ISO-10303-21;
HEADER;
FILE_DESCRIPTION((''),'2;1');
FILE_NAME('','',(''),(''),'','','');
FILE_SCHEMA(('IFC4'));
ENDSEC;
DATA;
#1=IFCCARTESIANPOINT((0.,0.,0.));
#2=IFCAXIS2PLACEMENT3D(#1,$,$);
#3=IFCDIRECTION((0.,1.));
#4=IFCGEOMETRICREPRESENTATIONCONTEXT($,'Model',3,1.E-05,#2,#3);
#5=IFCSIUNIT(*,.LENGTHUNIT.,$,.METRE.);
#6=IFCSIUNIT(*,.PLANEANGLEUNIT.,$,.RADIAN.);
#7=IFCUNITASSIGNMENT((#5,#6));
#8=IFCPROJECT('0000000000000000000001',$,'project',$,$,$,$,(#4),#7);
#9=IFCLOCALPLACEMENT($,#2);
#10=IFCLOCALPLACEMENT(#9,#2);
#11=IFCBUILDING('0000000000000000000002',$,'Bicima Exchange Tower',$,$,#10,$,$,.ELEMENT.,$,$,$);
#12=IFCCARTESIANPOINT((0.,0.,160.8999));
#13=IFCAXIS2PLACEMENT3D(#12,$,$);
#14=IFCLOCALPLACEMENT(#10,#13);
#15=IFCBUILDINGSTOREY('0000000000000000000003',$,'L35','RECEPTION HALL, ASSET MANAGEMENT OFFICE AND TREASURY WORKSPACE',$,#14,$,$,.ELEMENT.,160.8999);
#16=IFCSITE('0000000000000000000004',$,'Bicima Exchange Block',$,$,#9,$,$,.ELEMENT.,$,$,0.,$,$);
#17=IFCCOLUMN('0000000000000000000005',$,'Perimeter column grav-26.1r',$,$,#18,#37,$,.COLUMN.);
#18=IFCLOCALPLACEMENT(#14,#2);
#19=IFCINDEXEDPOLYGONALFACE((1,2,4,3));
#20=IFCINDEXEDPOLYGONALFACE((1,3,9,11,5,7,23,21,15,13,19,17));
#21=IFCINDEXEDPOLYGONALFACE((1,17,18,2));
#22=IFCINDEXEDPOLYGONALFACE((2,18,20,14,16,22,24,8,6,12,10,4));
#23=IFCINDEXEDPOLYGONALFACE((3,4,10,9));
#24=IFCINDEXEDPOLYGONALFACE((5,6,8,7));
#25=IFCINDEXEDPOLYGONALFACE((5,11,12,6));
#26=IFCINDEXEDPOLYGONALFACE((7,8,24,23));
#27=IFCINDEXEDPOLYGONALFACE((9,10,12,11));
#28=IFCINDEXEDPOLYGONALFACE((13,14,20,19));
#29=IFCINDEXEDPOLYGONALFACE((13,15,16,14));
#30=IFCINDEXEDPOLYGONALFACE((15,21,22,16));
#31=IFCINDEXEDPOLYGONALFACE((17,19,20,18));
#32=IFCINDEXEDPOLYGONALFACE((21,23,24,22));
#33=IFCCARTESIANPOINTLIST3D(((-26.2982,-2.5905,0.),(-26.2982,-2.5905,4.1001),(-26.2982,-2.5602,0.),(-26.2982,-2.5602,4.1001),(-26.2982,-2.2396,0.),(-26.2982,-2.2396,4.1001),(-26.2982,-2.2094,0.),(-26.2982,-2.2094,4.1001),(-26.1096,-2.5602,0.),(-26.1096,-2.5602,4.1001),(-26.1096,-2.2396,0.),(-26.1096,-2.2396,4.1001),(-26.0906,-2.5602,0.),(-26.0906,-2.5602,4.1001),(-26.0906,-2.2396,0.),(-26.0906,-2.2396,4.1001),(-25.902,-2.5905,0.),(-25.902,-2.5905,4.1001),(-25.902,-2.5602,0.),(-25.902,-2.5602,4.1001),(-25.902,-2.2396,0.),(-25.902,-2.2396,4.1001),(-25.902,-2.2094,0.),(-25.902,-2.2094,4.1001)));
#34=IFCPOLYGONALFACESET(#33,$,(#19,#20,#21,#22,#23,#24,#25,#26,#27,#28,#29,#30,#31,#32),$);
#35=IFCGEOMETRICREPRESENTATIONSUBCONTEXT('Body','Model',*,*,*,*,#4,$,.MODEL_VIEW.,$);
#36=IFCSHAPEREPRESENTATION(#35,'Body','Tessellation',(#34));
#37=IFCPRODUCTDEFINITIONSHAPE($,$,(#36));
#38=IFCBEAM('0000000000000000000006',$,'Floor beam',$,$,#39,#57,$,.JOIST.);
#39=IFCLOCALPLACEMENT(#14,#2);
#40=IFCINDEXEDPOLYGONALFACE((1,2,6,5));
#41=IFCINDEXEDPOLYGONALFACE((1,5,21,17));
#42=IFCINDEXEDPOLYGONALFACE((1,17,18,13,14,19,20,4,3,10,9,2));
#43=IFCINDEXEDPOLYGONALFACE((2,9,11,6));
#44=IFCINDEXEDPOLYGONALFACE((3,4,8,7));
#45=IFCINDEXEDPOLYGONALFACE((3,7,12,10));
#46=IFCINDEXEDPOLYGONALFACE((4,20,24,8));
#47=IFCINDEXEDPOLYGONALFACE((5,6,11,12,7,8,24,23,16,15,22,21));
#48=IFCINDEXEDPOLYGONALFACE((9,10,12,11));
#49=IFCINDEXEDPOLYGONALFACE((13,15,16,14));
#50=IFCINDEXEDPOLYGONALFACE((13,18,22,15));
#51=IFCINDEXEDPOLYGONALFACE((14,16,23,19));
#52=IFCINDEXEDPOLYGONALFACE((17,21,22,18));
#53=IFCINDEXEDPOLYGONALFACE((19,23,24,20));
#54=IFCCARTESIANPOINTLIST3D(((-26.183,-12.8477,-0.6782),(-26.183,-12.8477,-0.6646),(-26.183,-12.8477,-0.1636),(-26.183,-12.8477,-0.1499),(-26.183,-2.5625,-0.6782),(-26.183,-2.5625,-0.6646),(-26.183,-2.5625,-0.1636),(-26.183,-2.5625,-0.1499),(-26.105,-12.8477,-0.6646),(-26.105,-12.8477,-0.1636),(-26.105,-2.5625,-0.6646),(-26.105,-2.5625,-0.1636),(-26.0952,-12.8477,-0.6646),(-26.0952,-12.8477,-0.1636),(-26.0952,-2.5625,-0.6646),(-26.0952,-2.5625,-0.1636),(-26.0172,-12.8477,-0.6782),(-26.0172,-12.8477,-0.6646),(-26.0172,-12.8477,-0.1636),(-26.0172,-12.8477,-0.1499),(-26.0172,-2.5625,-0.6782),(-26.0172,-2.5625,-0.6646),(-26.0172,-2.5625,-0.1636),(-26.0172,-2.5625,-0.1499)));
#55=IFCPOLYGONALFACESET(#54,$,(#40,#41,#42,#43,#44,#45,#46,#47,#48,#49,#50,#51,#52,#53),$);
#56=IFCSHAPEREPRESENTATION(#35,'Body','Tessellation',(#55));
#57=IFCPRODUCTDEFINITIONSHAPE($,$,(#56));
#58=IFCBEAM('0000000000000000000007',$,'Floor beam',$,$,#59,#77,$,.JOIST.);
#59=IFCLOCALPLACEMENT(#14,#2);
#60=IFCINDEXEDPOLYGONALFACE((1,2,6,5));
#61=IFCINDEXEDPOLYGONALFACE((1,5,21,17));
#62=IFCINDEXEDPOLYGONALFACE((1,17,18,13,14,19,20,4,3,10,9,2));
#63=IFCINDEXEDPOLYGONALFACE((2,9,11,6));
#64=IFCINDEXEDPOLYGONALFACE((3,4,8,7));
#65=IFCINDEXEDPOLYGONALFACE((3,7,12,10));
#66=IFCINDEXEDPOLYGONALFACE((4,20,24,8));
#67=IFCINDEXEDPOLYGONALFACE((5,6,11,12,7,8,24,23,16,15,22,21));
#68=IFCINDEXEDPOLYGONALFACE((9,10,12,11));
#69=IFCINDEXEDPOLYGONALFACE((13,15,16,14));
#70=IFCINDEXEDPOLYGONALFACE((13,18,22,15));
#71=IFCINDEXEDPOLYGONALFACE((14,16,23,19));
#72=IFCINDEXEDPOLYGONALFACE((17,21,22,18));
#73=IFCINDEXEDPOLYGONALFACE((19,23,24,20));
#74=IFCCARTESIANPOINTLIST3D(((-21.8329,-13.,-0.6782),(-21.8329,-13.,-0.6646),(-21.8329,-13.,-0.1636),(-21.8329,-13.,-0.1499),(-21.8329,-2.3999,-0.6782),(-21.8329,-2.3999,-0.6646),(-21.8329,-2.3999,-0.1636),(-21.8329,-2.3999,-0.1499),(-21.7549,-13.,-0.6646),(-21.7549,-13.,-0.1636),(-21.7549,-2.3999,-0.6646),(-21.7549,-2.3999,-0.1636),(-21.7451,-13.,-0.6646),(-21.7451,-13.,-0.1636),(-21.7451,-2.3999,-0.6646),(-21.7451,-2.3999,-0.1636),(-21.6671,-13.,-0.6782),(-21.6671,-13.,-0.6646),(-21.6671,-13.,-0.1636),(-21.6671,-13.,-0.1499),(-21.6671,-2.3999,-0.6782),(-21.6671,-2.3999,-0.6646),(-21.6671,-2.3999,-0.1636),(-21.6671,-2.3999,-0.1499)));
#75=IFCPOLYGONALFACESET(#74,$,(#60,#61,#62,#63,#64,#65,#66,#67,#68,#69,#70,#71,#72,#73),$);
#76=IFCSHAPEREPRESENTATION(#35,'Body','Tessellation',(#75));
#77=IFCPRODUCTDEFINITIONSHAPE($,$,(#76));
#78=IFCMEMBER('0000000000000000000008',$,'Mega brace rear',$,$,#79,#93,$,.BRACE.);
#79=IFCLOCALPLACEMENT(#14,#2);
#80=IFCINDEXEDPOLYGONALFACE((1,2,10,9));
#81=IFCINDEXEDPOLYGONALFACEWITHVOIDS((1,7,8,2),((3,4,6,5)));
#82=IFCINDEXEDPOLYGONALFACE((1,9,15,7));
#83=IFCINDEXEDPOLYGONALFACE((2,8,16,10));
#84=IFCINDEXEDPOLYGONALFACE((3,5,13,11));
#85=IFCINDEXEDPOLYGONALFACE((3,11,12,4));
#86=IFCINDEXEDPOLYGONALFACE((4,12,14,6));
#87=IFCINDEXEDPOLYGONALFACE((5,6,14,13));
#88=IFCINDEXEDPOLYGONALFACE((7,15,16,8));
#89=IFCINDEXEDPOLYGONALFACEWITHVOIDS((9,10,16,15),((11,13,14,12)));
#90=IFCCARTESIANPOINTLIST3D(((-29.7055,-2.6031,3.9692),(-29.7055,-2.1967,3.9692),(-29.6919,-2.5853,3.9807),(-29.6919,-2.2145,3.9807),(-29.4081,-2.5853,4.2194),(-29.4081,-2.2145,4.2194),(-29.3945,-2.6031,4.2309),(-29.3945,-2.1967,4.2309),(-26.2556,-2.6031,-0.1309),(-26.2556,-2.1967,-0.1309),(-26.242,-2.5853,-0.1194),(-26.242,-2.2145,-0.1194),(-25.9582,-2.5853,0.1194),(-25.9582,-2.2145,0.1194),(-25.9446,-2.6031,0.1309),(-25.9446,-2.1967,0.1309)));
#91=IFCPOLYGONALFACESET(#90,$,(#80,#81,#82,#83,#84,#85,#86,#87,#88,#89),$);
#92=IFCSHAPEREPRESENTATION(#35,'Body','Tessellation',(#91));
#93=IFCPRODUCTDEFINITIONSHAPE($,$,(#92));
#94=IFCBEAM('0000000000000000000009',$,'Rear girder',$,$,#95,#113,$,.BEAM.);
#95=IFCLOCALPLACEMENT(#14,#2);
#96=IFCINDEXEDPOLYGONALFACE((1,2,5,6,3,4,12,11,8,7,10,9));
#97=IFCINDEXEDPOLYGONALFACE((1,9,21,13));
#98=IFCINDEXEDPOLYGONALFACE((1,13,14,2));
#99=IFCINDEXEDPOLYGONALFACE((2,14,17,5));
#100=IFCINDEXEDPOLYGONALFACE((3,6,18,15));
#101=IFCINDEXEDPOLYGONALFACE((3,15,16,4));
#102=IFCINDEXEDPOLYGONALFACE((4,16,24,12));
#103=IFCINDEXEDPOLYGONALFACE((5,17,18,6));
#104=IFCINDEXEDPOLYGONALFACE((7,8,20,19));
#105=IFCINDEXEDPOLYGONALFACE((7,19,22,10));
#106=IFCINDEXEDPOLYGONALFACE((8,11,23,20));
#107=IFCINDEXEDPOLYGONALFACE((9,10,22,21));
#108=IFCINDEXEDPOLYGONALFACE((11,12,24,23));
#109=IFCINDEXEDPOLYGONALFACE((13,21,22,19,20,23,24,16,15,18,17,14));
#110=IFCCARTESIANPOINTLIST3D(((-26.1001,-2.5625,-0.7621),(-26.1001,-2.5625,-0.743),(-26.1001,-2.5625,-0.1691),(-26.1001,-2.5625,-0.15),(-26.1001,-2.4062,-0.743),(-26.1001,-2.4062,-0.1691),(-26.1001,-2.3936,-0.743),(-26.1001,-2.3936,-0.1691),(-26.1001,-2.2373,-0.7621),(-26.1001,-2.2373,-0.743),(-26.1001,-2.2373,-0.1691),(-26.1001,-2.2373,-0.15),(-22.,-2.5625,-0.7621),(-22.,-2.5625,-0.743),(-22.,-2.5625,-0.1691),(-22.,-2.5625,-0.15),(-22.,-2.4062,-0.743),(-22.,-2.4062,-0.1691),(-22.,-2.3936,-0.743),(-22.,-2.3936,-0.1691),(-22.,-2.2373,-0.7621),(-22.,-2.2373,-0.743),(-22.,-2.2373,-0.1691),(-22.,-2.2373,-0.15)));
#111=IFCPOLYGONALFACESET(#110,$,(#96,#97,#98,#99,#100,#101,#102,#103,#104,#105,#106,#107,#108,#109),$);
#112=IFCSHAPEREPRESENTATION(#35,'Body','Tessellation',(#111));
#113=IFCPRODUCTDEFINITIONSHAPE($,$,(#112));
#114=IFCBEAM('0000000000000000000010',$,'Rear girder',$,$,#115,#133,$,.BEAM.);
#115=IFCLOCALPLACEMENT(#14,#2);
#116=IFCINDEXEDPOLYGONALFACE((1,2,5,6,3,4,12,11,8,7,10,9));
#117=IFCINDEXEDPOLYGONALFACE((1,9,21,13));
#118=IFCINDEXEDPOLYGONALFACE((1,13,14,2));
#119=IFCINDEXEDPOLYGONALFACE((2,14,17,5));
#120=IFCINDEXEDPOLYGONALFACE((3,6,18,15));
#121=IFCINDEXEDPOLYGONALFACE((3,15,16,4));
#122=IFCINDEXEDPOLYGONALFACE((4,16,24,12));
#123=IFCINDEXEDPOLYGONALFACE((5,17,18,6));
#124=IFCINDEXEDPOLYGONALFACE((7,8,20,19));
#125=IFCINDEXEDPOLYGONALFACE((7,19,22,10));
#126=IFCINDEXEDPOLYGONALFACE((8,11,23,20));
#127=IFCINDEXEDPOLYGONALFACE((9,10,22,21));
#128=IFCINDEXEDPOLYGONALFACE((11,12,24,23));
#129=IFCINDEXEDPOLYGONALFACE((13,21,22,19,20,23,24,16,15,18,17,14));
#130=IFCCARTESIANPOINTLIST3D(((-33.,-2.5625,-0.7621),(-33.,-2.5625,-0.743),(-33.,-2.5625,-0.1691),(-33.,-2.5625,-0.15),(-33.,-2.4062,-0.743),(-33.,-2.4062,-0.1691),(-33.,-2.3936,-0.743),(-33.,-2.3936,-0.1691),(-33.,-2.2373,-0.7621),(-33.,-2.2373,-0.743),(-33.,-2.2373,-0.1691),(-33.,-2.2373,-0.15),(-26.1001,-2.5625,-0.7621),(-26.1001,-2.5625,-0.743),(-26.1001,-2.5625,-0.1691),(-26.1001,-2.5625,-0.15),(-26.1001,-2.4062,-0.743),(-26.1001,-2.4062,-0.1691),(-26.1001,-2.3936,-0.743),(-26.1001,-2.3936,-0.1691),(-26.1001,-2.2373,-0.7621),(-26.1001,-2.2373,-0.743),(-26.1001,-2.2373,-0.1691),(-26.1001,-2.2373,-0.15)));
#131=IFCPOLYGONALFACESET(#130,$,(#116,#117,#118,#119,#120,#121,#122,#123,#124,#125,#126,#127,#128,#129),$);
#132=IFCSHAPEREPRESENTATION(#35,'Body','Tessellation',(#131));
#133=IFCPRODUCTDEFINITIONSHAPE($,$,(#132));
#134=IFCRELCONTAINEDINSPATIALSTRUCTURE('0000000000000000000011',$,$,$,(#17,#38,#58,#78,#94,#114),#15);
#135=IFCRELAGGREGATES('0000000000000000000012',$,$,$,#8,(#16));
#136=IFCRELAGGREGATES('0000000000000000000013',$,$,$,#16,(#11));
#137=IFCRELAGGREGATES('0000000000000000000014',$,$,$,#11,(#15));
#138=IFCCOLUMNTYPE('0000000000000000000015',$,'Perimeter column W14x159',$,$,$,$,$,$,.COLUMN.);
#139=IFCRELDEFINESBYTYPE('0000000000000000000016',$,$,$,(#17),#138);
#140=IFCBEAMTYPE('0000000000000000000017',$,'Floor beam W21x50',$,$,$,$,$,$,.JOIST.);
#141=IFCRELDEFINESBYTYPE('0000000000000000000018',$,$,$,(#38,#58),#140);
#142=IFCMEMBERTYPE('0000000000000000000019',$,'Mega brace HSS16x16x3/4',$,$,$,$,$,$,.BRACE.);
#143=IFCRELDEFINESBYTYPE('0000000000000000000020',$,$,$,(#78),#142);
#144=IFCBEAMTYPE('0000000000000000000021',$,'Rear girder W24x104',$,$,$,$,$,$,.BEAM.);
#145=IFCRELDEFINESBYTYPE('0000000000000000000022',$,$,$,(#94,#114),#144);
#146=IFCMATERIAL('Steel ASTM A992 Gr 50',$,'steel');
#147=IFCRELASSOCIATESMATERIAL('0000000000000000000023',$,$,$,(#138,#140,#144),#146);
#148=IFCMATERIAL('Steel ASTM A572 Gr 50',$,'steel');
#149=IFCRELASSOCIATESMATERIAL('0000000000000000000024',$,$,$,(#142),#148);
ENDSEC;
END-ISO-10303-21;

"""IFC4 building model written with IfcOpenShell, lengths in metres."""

from ifc_helpers import new_model, si_unit, direction, frame, origin, origin_2d, place, context, subcontext, project, spatial, hollow_rectangle, i_section, extrude, material, material_profile, profile_set, type_object, element, save


model = new_model("IFC4")

# Units and contexts
model_context = context("Model", 3, precision=1e-05, world=origin(), true_north=direction((0.0, 1.0)))
body_context = subcontext(model_context, "Body", "Model", "MODEL_VIEW")
ifc_project = project(units=[si_unit("LENGTHUNIT", "METRE"), si_unit("PLANEANGLEUNIT", "RADIAN")], contexts=[model_context])

# Site, building, storey
site_placement = place(None, origin())
site = spatial("IfcSite", under=ifc_project, at=site_placement, Name="Bicima Exchange Block", CompositionType="ELEMENT", RefElevation=0.0)
building_placement = place(site_placement, origin())
building = spatial("IfcBuilding", under=site, at=building_placement, Name="Bicima Exchange Tower", CompositionType="ELEMENT")
storey_placement = place(building_placement, frame((0.0, 0.0, 160.8999)))
storey = spatial("IfcBuildingStorey", under=building, at=storey_placement, Name="L35", Description="RECEPTION HALL, ASSET MANAGEMENT OFFICE AND TREASURY WORKSPACE", CompositionType="ELEMENT", Elevation=160.8999)

# Column
ifc_material_1 = material(Name="Steel ASTM A992 Gr 50", Category="steel")
ifc_material_profile_1 = material_profile(ifc_material_1, i_section(OverallWidth=0.3962, OverallDepth=0.3811, WebThickness=0.019, FlangeThickness=0.0303, at=origin_2d()))
ifc_profile_set_1 = profile_set([ifc_material_profile_1], Name="Steel ASTM A992 Gr 50")
column_type = type_object("IfcColumnType", Name="Perimeter column W14x159", PredefinedType="COLUMN", material=ifc_profile_set_1)
column_placement = place(storey_placement, frame((-26.1001, -2.3999, 0.0), z_axis=(0.0, 0.0, 1.0), x_axis=(1.0, 0.0, 0.0)))
element("IfcColumn", 1, at=column_placement, inside=storey, type_object=column_type, Name="Perimeter column grav-26.1r", PredefinedType="COLUMN", context=body_context, shape_type="SweptSolid", body=[
    extrude(i_section(OverallWidth=0.3962, OverallDepth=0.3811, WebThickness=0.019, FlangeThickness=0.0303, at=origin_2d()), origin(), (0.0, 0.0, 1.0), 4.1001),
])

# Beams
ifc_material_profile_2 = material_profile(ifc_material_1, i_section(OverallWidth=0.1658, OverallDepth=0.5283, WebThickness=0.0098, FlangeThickness=0.0137, at=origin_2d()))
ifc_profile_set_2 = profile_set([ifc_material_profile_2], Name="Steel ASTM A992 Gr 50")
beam_type_1 = type_object("IfcBeamType", Name="Floor beam W21x50", PredefinedType="JOIST", material=ifc_profile_set_2)
beam_1_placement = place(storey_placement, frame((-26.1001, -2.5625, -0.4141), z_axis=(0.0, -1.0, 0.0), x_axis=(1.0, 0.0, 0.0)))
element("IfcBeam", 2, at=beam_1_placement, inside=storey, type_object=beam_type_1, Name="Floor beam", PredefinedType="JOIST", context=body_context, shape_type="SweptSolid", body=[
    extrude(i_section(OverallWidth=0.1658, OverallDepth=0.5283, WebThickness=0.0098, FlangeThickness=0.0137, at=origin_2d()), origin(), (0.0, 0.0, 1.0), 10.2852),
])
beam_2_placement = place(storey_placement, frame((-21.75, -2.3999, -0.4141), z_axis=(0.0, -1.0, 0.0), x_axis=(1.0, 0.0, 0.0)))
element("IfcBeam", 3, at=beam_2_placement, inside=storey, type_object=beam_type_1, Name="Floor beam", PredefinedType="JOIST", context=body_context, shape_type="SweptSolid", body=[
    extrude(i_section(OverallWidth=0.1658, OverallDepth=0.5283, WebThickness=0.0098, FlangeThickness=0.0137, at=origin_2d()), origin(), (0.0, 0.0, 1.0), 10.6001),
])

# Member
ifc_material_2 = material(Name="Steel ASTM A572 Gr 50", Category="steel")
ifc_material_profile_3 = material_profile(ifc_material_2, hollow_rectangle(XDim=0.4065, YDim=0.4065, WallThickness=0.0178, at=origin_2d()))
ifc_profile_set_3 = profile_set([ifc_material_profile_3], Name="Steel ASTM A572 Gr 50")
member_type = type_object("IfcMemberType", Name="Mega brace HSS16x16x3/4", PredefinedType="BRACE", material=ifc_profile_set_3)
member_placement = place(storey_placement, frame((-26.1001, -2.3999, 0.0), z_axis=(-0.643834, 0.0, 0.765165), x_axis=(0.0, -1.0, 0.0)))
element("IfcMember", 4, at=member_placement, inside=storey, type_object=member_type, Name="Mega brace rear", PredefinedType="BRACE", context=body_context, shape_type="SweptSolid", body=[
    extrude(hollow_rectangle(XDim=0.4065, YDim=0.4065, WallThickness=0.0178, at=origin_2d()), origin(), (0.0, 0.0, 1.0), 5.3584),
])

# Beams
ifc_material_profile_4 = material_profile(ifc_material_1, i_section(OverallWidth=0.3252, OverallDepth=0.6121, WebThickness=0.0127, FlangeThickness=0.019, at=origin_2d()))
ifc_profile_set_4 = profile_set([ifc_material_profile_4], Name="Steel ASTM A992 Gr 50")
beam_type_2 = type_object("IfcBeamType", Name="Rear girder W24x104", PredefinedType="BEAM", material=ifc_profile_set_4)
beam_3_placement = place(storey_placement, frame((-22.0, -2.3999, -0.4561), z_axis=(-1.0, 0.0, 0.0), x_axis=(0.0, -1.0, 0.0)))
element("IfcBeam", 5, at=beam_3_placement, inside=storey, type_object=beam_type_2, Name="Rear girder", PredefinedType="BEAM", context=body_context, shape_type="SweptSolid", body=[
    extrude(i_section(OverallWidth=0.3252, OverallDepth=0.6121, WebThickness=0.0127, FlangeThickness=0.019, at=origin_2d()), origin(), (0.0, 0.0, 1.0), 4.1001),
])
beam_4_placement = place(storey_placement, frame((-26.1001, -2.3999, -0.4561), z_axis=(-1.0, 0.0, 0.0), x_axis=(0.0, -1.0, 0.0)))
element("IfcBeam", 6, at=beam_4_placement, inside=storey, type_object=beam_type_2, Name="Rear girder", PredefinedType="BEAM", context=body_context, shape_type="SweptSolid", body=[
    extrude(i_section(OverallWidth=0.3252, OverallDepth=0.6121, WebThickness=0.0127, FlangeThickness=0.019, at=origin_2d()), origin(), (0.0, 0.0, 1.0), 6.8999),
])

save(model, "model.ifc")
